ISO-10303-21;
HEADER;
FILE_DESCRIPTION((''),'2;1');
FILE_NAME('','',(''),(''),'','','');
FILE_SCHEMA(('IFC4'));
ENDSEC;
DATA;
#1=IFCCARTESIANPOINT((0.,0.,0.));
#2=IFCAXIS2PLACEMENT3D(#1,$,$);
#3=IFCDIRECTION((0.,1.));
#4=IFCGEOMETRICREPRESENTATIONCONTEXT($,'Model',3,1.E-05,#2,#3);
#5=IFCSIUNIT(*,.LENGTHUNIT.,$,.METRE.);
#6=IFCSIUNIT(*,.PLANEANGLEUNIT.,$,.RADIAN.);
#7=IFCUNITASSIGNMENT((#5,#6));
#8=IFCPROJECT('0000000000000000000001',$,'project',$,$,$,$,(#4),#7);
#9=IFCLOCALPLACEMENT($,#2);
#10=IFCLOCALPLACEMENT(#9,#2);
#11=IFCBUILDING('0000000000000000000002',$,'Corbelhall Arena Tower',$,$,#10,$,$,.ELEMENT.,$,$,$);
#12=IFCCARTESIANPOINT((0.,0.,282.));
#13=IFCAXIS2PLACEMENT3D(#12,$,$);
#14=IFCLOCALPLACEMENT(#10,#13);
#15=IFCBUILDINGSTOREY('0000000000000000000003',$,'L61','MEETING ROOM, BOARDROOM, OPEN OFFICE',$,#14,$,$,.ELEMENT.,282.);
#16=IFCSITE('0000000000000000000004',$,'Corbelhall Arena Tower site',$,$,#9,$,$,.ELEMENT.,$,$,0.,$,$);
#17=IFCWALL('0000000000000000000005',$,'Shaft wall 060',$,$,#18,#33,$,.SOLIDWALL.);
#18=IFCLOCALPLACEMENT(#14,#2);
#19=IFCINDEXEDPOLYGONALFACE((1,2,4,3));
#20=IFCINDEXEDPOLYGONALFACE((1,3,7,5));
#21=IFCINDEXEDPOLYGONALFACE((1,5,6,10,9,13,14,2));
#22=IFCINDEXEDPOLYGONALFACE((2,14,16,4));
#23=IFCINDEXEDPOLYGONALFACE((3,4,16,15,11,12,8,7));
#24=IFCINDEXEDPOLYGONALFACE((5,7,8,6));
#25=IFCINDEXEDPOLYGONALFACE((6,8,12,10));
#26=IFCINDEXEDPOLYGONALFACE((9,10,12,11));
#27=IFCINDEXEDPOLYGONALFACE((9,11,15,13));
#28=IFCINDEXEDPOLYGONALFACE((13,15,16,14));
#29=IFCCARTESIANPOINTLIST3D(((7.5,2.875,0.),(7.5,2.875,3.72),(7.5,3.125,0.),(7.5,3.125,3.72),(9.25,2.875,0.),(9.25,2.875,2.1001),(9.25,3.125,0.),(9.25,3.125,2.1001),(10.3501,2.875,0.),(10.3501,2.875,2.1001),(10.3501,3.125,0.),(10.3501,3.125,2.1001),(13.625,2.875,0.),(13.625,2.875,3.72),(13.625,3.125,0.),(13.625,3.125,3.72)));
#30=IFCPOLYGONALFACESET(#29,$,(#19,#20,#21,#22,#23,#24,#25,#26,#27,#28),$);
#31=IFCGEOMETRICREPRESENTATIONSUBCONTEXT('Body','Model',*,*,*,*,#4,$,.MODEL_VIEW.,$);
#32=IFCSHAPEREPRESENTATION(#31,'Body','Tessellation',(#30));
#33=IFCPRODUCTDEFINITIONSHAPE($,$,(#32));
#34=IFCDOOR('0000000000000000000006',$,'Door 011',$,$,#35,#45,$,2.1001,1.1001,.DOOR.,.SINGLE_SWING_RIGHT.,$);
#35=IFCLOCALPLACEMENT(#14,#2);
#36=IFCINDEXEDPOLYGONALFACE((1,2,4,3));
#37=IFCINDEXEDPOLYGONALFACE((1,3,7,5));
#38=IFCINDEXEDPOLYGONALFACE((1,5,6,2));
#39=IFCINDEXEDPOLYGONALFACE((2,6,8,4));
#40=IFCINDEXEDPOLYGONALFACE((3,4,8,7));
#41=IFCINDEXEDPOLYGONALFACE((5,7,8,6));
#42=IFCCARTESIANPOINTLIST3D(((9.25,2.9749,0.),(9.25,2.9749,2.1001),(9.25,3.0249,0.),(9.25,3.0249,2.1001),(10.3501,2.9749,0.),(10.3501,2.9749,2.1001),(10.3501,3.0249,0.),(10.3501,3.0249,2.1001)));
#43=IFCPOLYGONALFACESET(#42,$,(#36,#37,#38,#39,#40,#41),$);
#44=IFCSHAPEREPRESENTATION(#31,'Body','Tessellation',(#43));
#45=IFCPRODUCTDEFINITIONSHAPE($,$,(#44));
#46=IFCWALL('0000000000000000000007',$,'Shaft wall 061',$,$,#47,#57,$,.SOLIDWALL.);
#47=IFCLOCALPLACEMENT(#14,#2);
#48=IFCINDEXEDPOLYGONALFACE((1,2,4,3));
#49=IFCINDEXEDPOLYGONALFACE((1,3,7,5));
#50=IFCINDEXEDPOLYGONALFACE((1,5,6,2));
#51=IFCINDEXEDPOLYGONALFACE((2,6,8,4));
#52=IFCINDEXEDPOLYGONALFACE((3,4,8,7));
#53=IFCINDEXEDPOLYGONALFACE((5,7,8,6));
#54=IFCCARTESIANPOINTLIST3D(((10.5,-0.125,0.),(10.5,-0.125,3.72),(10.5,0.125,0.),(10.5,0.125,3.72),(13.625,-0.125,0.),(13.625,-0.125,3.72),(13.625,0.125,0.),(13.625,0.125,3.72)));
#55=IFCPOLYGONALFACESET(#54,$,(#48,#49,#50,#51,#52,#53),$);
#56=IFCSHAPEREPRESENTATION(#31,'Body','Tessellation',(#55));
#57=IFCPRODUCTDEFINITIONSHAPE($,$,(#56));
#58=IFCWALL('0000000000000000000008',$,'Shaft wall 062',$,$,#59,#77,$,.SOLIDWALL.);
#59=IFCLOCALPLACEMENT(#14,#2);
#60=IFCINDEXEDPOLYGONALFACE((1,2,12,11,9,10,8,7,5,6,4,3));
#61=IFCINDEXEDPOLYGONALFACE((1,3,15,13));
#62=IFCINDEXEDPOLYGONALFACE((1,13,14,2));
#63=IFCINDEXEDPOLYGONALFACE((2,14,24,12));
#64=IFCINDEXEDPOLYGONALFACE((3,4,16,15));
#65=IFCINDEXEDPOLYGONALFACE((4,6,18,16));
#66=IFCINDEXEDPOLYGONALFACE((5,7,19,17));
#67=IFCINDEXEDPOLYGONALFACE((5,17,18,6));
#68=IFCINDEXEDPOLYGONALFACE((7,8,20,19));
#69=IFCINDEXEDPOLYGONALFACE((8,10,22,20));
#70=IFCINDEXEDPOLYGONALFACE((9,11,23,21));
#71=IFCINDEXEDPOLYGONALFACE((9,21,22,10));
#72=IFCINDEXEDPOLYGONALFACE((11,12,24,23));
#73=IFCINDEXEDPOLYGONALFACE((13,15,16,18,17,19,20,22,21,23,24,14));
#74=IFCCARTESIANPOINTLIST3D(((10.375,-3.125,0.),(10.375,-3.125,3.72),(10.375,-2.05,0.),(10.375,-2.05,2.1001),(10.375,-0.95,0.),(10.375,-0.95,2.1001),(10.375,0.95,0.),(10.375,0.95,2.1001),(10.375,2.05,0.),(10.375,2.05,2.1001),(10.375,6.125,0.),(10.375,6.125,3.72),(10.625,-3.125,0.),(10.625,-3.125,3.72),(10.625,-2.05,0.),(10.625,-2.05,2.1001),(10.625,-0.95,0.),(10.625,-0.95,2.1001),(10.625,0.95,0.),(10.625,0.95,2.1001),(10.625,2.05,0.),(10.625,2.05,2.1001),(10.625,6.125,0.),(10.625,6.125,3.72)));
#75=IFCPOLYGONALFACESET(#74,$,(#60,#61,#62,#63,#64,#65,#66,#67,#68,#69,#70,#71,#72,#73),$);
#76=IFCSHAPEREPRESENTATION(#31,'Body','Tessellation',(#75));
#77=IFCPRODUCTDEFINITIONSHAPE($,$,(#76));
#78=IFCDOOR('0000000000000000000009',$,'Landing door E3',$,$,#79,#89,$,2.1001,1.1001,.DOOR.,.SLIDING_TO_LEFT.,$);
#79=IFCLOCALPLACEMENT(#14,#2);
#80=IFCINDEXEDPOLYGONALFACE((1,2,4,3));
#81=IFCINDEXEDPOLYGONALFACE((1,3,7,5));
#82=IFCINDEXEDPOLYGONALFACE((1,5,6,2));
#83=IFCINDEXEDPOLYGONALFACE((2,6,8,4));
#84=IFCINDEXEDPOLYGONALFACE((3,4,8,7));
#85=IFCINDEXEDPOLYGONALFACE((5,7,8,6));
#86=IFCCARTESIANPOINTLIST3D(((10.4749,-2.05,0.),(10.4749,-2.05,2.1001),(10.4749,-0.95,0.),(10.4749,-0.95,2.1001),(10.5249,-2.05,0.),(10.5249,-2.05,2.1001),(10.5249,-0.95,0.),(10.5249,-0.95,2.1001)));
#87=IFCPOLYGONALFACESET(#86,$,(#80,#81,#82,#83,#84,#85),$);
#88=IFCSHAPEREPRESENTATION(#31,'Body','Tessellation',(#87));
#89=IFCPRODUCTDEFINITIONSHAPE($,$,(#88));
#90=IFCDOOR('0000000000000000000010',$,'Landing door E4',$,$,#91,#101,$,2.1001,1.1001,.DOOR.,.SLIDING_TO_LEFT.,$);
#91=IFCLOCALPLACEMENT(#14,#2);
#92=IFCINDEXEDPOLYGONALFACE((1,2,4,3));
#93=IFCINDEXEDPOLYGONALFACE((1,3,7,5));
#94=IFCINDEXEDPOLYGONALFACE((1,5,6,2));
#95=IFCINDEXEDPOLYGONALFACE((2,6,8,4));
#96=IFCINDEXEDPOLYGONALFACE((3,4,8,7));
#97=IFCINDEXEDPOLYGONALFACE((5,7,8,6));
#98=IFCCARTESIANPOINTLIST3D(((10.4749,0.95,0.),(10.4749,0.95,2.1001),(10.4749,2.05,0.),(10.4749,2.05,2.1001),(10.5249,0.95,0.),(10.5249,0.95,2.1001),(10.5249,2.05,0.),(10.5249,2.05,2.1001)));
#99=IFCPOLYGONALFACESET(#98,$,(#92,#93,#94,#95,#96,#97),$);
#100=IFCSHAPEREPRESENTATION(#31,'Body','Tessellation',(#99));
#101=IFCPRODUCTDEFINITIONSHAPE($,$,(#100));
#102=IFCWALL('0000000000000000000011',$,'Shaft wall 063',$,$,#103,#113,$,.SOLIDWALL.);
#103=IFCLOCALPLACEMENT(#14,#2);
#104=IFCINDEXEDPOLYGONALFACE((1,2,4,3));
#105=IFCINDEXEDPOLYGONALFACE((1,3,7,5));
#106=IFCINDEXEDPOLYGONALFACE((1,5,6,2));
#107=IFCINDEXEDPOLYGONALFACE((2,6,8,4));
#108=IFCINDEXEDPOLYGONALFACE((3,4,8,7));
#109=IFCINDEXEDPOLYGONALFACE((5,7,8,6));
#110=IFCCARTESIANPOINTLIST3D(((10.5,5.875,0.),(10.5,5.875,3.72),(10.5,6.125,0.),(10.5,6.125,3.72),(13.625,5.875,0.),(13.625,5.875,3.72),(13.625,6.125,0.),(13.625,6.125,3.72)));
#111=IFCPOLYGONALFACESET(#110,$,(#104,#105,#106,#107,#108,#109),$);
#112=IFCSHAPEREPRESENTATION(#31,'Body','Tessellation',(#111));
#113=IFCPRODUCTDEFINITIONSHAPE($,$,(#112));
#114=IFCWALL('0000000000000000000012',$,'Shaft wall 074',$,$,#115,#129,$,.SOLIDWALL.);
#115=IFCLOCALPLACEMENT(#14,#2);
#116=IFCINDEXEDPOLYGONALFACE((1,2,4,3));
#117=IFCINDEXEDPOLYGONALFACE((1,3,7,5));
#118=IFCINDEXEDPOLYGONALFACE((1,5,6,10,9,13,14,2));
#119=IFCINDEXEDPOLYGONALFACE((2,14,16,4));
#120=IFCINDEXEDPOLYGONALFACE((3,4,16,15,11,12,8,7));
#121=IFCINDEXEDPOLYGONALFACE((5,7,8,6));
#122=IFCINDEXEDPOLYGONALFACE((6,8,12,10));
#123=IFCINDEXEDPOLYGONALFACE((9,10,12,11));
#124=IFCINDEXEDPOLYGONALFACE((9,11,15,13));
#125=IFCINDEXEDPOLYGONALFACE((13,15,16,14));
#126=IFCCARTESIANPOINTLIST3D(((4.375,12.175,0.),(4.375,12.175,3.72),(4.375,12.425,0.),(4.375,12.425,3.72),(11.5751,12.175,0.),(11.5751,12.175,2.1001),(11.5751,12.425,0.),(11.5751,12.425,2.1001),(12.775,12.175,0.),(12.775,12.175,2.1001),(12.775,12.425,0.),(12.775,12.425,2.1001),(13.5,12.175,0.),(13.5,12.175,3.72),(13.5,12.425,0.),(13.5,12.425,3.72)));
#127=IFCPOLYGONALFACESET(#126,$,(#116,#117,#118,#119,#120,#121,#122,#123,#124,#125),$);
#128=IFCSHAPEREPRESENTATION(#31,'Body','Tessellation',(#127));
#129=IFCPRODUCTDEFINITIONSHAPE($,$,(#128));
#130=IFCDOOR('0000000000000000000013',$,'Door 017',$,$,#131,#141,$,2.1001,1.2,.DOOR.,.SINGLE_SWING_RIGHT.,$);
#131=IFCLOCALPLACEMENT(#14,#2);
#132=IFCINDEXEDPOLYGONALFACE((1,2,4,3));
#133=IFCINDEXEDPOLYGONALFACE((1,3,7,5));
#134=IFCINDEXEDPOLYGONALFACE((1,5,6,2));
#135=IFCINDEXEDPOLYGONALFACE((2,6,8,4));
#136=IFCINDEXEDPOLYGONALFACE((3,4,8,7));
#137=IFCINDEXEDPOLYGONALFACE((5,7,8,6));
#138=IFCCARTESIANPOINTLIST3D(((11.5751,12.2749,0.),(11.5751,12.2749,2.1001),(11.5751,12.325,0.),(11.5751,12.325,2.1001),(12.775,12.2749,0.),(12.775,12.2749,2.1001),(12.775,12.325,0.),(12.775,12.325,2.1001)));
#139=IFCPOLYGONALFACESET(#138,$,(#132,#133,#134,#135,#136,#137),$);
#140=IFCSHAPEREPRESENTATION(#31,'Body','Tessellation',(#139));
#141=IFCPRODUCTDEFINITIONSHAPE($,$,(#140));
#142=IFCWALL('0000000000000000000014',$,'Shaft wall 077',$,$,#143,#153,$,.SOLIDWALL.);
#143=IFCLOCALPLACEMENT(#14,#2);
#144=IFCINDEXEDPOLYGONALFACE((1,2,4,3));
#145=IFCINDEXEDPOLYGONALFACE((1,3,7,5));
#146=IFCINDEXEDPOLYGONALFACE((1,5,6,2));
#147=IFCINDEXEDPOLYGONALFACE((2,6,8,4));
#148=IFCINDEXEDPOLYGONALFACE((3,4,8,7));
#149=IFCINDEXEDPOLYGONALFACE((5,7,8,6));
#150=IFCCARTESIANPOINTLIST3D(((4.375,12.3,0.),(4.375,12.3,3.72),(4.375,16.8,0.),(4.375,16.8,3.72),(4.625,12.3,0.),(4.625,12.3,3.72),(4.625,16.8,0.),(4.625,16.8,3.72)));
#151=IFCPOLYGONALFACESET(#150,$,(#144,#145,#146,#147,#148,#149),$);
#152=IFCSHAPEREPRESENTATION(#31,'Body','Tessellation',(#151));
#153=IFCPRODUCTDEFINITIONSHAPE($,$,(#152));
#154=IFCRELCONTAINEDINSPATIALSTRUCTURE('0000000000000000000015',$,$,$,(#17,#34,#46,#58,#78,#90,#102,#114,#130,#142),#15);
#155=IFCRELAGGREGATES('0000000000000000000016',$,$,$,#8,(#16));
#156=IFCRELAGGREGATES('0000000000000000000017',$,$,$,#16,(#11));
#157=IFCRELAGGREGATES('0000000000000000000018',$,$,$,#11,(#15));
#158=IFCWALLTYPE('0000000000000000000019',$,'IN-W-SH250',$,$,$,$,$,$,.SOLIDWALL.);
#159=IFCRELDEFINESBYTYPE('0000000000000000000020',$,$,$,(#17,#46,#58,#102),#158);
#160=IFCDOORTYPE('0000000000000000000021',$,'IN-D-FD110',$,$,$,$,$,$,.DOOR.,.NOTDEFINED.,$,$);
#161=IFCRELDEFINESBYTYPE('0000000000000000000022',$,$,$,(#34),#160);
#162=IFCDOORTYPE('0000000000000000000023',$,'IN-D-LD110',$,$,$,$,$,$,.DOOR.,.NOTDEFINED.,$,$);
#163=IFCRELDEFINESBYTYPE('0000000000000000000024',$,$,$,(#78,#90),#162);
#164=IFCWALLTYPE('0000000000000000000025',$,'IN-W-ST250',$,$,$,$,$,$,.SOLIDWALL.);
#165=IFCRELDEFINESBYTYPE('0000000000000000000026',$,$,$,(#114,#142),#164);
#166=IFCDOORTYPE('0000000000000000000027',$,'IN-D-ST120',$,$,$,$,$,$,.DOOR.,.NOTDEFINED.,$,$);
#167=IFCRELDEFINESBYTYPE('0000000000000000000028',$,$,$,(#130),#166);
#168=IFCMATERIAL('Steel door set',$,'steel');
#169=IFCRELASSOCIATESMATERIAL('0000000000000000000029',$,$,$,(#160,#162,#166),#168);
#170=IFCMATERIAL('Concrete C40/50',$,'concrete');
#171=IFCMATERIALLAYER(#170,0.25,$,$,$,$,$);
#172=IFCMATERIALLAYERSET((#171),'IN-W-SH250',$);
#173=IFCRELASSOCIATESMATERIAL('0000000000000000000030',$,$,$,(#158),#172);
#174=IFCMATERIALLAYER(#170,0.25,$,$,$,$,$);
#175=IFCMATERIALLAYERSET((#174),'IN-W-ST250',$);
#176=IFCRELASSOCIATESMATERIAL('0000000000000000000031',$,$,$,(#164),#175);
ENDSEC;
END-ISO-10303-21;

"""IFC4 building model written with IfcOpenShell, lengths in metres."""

from ifc_helpers import new_model, si_unit, direction, frame, frame_2d, origin, place, context, subcontext, project, spatial, rectangle, extrude, material, layer, layer_set, type_object, element, fill, save


model = new_model("IFC4")

# Units and contexts
model_context = context("Model", 3, precision=1e-05, world=origin(), true_north=direction((0.0, 1.0)))
body_context = subcontext(model_context, "Body", "Model", "MODEL_VIEW")
ifc_project = project(units=[si_unit("LENGTHUNIT", "METRE"), si_unit("PLANEANGLEUNIT", "RADIAN")], contexts=[model_context])

# Site, building, storey
site_placement = place(None, origin())
site = spatial("IfcSite", under=ifc_project, at=site_placement, Name="Corbelhall Arena Tower site", CompositionType="ELEMENT", RefElevation=0.0)
building_placement = place(site_placement, origin())
building = spatial("IfcBuilding", under=site, at=building_placement, Name="Corbelhall Arena Tower", CompositionType="ELEMENT")
storey_placement = place(building_placement, frame((0.0, 0.0, 282.0)))
storey = spatial("IfcBuildingStorey", under=building, at=storey_placement, Name="L61", Description="MEETING ROOM, BOARDROOM, OPEN OFFICE", CompositionType="ELEMENT", Elevation=282.0)

# Shared definitions
ifc_material_1 = material(Name="Steel door set", Category="steel")
door_type_1 = type_object("IfcDoorType", Name="IN-D-FD110", OperationType="NOTDEFINED", PredefinedType="DOOR", material=ifc_material_1)

# Shared definitions
ifc_material_2 = material(Name="Concrete C40/50", Category="concrete")
ifc_layer_1 = layer(ifc_material_2, 0.25)
ifc_layer_set_1 = layer_set([ifc_layer_1], Name="IN-W-SH250")
wall_type_1 = type_object("IfcWallType", Name="IN-W-SH250", PredefinedType="SOLIDWALL", material=ifc_layer_set_1)

# Wall, opening, door
wall_1_placement = place(storey_placement, frame((7.5, 3.0, 0.0), z_axis=(0.0, 0.0, 1.0), x_axis=(1.0, 0.0, 0.0)))
wall_1 = element("IfcWall", 1, at=wall_1_placement, inside=storey, type_object=wall_type_1, Name="Shaft wall 060", PredefinedType="SOLIDWALL", context=body_context, shape_type="SweptSolid", body=[
    extrude(rectangle(XDim=6.125, YDim=0.25, at=frame_2d((3.0625, 0.0))), origin(), (0.0, 0.0, 1.0), 3.72),
])
opening_1_placement = place(wall_1_placement, frame((1.75, 0.0, 0.0)))
opening_1 = element("IfcOpeningElement", 2, at=opening_1_placement, cuts=wall_1, PredefinedType="OPENING", context=body_context, shape_type="SweptSolid", body=[
    extrude(rectangle(XDim=1.1001, YDim=2.1001, at=frame_2d((0.55, 1.05))), frame((0.0, 0.125, 0.0), z_axis=(0.0, -1.0, 0.0), x_axis=(1.0, 0.0, 0.0)), (0.0, 0.0, 1.0), 0.25),
])
door_1_placement = place(opening_1_placement, origin())
door_1 = element("IfcDoor", 3, at=door_1_placement, inside=storey, type_object=door_type_1, Name="Door 011", OperationType="SINGLE_SWING_RIGHT", OverallHeight=2.1001, OverallWidth=1.1001, PredefinedType="DOOR", context=body_context, shape_type="SweptSolid", body=[
    extrude(rectangle(XDim=1.1001, YDim=2.1001, at=frame_2d((0.55, 1.05))), frame((0.0, 0.0249, 0.0), z_axis=(0.0, -1.0, 0.0), x_axis=(1.0, 0.0, 0.0)), (0.0, 0.0, 1.0), 0.05),
])
fill(opening_1, door_1)

# Wall
wall_2_placement = place(storey_placement, frame((10.5, 0.0, 0.0), z_axis=(0.0, 0.0, 1.0), x_axis=(1.0, 0.0, 0.0)))
element("IfcWall", 4, at=wall_2_placement, inside=storey, type_object=wall_type_1, Name="Shaft wall 061", PredefinedType="SOLIDWALL", context=body_context, shape_type="SweptSolid", body=[
    extrude(rectangle(XDim=3.125, YDim=0.25, at=frame_2d((1.5625, 0.0))), origin(), (0.0, 0.0, 1.0), 3.72),
])

# Wall, openings, doors
wall_3_placement = place(storey_placement, frame((10.5, 6.125, 0.0), z_axis=(0.0, 0.0, 1.0), x_axis=(0.0, -1.0, 0.0)))
wall_3 = element("IfcWall", 5, at=wall_3_placement, inside=storey, type_object=wall_type_1, Name="Shaft wall 062", PredefinedType="SOLIDWALL", context=body_context, shape_type="SweptSolid", body=[
    extrude(rectangle(XDim=9.25, YDim=0.25, at=frame_2d((4.625, 0.0))), origin(), (0.0, 0.0, 1.0), 3.72),
])
opening_2_placement = place(wall_3_placement, frame((7.075, 0.0, 0.0)))
opening_2 = element("IfcOpeningElement", 6, at=opening_2_placement, cuts=wall_3, PredefinedType="OPENING", context=body_context, shape_type="SweptSolid", body=[
    extrude(rectangle(XDim=1.1001, YDim=2.1001, at=frame_2d((0.55, 1.05))), frame((0.0, 0.125, 0.0), z_axis=(0.0, -1.0, 0.0), x_axis=(1.0, 0.0, 0.0)), (0.0, 0.0, 1.0), 0.25),
])
opening_3_placement = place(wall_3_placement, frame((4.075, 0.0, 0.0)))
opening_3 = element("IfcOpeningElement", 7, at=opening_3_placement, cuts=wall_3, PredefinedType="OPENING", context=body_context, shape_type="SweptSolid", body=[
    extrude(rectangle(XDim=1.1001, YDim=2.1001, at=frame_2d((0.55, 1.05))), frame((0.0, 0.125, 0.0), z_axis=(0.0, -1.0, 0.0), x_axis=(1.0, 0.0, 0.0)), (0.0, 0.0, 1.0), 0.25),
])
door_type_2 = type_object("IfcDoorType", Name="IN-D-LD110", OperationType="NOTDEFINED", PredefinedType="DOOR", material=ifc_material_1)
door_2_placement = place(opening_2_placement, origin())
door_2 = element("IfcDoor", 8, at=door_2_placement, inside=storey, type_object=door_type_2, Name="Landing door E3", OperationType="SLIDING_TO_LEFT", OverallHeight=2.1001, OverallWidth=1.1001, PredefinedType="DOOR", context=body_context, shape_type="SweptSolid", body=[
    extrude(rectangle(XDim=1.1001, YDim=2.1001, at=frame_2d((0.55, 1.05))), frame((0.0, 0.0249, 0.0), z_axis=(0.0, -1.0, 0.0), x_axis=(1.0, 0.0, 0.0)), (0.0, 0.0, 1.0), 0.05),
])
fill(opening_2, door_2)
door_3_placement = place(opening_3_placement, origin())
door_3 = element("IfcDoor", 9, at=door_3_placement, inside=storey, type_object=door_type_2, Name="Landing door E4", OperationType="SLIDING_TO_LEFT", OverallHeight=2.1001, OverallWidth=1.1001, PredefinedType="DOOR", context=body_context, shape_type="SweptSolid", body=[
    extrude(rectangle(XDim=1.1001, YDim=2.1001, at=frame_2d((0.55, 1.05))), frame((0.0, 0.0249, 0.0), z_axis=(0.0, -1.0, 0.0), x_axis=(1.0, 0.0, 0.0)), (0.0, 0.0, 1.0), 0.05),
])
fill(opening_3, door_3)

# Wall
wall_4_placement = place(storey_placement, frame((10.5, 6.0, 0.0), z_axis=(0.0, 0.0, 1.0), x_axis=(1.0, 0.0, 0.0)))
element("IfcWall", 10, at=wall_4_placement, inside=storey, type_object=wall_type_1, Name="Shaft wall 063", PredefinedType="SOLIDWALL", context=body_context, shape_type="SweptSolid", body=[
    extrude(rectangle(XDim=3.125, YDim=0.25, at=frame_2d((1.5625, 0.0))), origin(), (0.0, 0.0, 1.0), 3.72),
])

# Wall, opening, door
ifc_layer_2 = layer(ifc_material_2, 0.25)
ifc_layer_set_2 = layer_set([ifc_layer_2], Name="IN-W-ST250")
wall_type_2 = type_object("IfcWallType", Name="IN-W-ST250", PredefinedType="SOLIDWALL", material=ifc_layer_set_2)
wall_5_placement = place(storey_placement, frame((4.375, 12.3, 0.0), z_axis=(0.0, 0.0, 1.0), x_axis=(1.0, 0.0, 0.0)))
wall_5 = element("IfcWall", 11, at=wall_5_placement, inside=storey, type_object=wall_type_2, Name="Shaft wall 074", PredefinedType="SOLIDWALL", context=body_context, shape_type="SweptSolid", body=[
    extrude(rectangle(XDim=9.125, YDim=0.25, at=frame_2d((4.5625, 0.0))), origin(), (0.0, 0.0, 1.0), 3.72),
])
opening_4_placement = place(wall_5_placement, frame((7.2, 0.0, 0.0)))
opening_4 = element("IfcOpeningElement", 12, at=opening_4_placement, cuts=wall_5, PredefinedType="OPENING", context=body_context, shape_type="SweptSolid", body=[
    extrude(rectangle(XDim=1.2, YDim=2.1001, at=frame_2d((0.6001, 1.05))), frame((0.0, 0.125, 0.0), z_axis=(0.0, -1.0, 0.0), x_axis=(1.0, 0.0, 0.0)), (0.0, 0.0, 1.0), 0.25),
])
door_type_3 = type_object("IfcDoorType", Name="IN-D-ST120", OperationType="NOTDEFINED", PredefinedType="DOOR", material=ifc_material_1)
door_4_placement = place(opening_4_placement, origin())
door_4 = element("IfcDoor", 13, at=door_4_placement, inside=storey, type_object=door_type_3, Name="Door 017", OperationType="SINGLE_SWING_RIGHT", OverallHeight=2.1001, OverallWidth=1.2, PredefinedType="DOOR", context=body_context, shape_type="SweptSolid", body=[
    extrude(rectangle(XDim=1.2, YDim=2.1001, at=frame_2d((0.6001, 1.05))), frame((0.0, 0.0249, 0.0), z_axis=(0.0, -1.0, 0.0), x_axis=(1.0, 0.0, 0.0)), (0.0, 0.0, 1.0), 0.05),
])
fill(opening_4, door_4)

# Wall
wall_6_placement = place(storey_placement, frame((4.5, 12.3, 0.0), z_axis=(0.0, 0.0, 1.0), x_axis=(0.0, 1.0, 0.0)))
element("IfcWall", 14, at=wall_6_placement, inside=storey, type_object=wall_type_2, Name="Shaft wall 077", PredefinedType="SOLIDWALL", context=body_context, shape_type="SweptSolid", body=[
    extrude(rectangle(XDim=4.5, YDim=0.25, at=frame_2d((2.25, 0.0))), origin(), (0.0, 0.0, 1.0), 3.72),
])

save(model, "model.ifc")
